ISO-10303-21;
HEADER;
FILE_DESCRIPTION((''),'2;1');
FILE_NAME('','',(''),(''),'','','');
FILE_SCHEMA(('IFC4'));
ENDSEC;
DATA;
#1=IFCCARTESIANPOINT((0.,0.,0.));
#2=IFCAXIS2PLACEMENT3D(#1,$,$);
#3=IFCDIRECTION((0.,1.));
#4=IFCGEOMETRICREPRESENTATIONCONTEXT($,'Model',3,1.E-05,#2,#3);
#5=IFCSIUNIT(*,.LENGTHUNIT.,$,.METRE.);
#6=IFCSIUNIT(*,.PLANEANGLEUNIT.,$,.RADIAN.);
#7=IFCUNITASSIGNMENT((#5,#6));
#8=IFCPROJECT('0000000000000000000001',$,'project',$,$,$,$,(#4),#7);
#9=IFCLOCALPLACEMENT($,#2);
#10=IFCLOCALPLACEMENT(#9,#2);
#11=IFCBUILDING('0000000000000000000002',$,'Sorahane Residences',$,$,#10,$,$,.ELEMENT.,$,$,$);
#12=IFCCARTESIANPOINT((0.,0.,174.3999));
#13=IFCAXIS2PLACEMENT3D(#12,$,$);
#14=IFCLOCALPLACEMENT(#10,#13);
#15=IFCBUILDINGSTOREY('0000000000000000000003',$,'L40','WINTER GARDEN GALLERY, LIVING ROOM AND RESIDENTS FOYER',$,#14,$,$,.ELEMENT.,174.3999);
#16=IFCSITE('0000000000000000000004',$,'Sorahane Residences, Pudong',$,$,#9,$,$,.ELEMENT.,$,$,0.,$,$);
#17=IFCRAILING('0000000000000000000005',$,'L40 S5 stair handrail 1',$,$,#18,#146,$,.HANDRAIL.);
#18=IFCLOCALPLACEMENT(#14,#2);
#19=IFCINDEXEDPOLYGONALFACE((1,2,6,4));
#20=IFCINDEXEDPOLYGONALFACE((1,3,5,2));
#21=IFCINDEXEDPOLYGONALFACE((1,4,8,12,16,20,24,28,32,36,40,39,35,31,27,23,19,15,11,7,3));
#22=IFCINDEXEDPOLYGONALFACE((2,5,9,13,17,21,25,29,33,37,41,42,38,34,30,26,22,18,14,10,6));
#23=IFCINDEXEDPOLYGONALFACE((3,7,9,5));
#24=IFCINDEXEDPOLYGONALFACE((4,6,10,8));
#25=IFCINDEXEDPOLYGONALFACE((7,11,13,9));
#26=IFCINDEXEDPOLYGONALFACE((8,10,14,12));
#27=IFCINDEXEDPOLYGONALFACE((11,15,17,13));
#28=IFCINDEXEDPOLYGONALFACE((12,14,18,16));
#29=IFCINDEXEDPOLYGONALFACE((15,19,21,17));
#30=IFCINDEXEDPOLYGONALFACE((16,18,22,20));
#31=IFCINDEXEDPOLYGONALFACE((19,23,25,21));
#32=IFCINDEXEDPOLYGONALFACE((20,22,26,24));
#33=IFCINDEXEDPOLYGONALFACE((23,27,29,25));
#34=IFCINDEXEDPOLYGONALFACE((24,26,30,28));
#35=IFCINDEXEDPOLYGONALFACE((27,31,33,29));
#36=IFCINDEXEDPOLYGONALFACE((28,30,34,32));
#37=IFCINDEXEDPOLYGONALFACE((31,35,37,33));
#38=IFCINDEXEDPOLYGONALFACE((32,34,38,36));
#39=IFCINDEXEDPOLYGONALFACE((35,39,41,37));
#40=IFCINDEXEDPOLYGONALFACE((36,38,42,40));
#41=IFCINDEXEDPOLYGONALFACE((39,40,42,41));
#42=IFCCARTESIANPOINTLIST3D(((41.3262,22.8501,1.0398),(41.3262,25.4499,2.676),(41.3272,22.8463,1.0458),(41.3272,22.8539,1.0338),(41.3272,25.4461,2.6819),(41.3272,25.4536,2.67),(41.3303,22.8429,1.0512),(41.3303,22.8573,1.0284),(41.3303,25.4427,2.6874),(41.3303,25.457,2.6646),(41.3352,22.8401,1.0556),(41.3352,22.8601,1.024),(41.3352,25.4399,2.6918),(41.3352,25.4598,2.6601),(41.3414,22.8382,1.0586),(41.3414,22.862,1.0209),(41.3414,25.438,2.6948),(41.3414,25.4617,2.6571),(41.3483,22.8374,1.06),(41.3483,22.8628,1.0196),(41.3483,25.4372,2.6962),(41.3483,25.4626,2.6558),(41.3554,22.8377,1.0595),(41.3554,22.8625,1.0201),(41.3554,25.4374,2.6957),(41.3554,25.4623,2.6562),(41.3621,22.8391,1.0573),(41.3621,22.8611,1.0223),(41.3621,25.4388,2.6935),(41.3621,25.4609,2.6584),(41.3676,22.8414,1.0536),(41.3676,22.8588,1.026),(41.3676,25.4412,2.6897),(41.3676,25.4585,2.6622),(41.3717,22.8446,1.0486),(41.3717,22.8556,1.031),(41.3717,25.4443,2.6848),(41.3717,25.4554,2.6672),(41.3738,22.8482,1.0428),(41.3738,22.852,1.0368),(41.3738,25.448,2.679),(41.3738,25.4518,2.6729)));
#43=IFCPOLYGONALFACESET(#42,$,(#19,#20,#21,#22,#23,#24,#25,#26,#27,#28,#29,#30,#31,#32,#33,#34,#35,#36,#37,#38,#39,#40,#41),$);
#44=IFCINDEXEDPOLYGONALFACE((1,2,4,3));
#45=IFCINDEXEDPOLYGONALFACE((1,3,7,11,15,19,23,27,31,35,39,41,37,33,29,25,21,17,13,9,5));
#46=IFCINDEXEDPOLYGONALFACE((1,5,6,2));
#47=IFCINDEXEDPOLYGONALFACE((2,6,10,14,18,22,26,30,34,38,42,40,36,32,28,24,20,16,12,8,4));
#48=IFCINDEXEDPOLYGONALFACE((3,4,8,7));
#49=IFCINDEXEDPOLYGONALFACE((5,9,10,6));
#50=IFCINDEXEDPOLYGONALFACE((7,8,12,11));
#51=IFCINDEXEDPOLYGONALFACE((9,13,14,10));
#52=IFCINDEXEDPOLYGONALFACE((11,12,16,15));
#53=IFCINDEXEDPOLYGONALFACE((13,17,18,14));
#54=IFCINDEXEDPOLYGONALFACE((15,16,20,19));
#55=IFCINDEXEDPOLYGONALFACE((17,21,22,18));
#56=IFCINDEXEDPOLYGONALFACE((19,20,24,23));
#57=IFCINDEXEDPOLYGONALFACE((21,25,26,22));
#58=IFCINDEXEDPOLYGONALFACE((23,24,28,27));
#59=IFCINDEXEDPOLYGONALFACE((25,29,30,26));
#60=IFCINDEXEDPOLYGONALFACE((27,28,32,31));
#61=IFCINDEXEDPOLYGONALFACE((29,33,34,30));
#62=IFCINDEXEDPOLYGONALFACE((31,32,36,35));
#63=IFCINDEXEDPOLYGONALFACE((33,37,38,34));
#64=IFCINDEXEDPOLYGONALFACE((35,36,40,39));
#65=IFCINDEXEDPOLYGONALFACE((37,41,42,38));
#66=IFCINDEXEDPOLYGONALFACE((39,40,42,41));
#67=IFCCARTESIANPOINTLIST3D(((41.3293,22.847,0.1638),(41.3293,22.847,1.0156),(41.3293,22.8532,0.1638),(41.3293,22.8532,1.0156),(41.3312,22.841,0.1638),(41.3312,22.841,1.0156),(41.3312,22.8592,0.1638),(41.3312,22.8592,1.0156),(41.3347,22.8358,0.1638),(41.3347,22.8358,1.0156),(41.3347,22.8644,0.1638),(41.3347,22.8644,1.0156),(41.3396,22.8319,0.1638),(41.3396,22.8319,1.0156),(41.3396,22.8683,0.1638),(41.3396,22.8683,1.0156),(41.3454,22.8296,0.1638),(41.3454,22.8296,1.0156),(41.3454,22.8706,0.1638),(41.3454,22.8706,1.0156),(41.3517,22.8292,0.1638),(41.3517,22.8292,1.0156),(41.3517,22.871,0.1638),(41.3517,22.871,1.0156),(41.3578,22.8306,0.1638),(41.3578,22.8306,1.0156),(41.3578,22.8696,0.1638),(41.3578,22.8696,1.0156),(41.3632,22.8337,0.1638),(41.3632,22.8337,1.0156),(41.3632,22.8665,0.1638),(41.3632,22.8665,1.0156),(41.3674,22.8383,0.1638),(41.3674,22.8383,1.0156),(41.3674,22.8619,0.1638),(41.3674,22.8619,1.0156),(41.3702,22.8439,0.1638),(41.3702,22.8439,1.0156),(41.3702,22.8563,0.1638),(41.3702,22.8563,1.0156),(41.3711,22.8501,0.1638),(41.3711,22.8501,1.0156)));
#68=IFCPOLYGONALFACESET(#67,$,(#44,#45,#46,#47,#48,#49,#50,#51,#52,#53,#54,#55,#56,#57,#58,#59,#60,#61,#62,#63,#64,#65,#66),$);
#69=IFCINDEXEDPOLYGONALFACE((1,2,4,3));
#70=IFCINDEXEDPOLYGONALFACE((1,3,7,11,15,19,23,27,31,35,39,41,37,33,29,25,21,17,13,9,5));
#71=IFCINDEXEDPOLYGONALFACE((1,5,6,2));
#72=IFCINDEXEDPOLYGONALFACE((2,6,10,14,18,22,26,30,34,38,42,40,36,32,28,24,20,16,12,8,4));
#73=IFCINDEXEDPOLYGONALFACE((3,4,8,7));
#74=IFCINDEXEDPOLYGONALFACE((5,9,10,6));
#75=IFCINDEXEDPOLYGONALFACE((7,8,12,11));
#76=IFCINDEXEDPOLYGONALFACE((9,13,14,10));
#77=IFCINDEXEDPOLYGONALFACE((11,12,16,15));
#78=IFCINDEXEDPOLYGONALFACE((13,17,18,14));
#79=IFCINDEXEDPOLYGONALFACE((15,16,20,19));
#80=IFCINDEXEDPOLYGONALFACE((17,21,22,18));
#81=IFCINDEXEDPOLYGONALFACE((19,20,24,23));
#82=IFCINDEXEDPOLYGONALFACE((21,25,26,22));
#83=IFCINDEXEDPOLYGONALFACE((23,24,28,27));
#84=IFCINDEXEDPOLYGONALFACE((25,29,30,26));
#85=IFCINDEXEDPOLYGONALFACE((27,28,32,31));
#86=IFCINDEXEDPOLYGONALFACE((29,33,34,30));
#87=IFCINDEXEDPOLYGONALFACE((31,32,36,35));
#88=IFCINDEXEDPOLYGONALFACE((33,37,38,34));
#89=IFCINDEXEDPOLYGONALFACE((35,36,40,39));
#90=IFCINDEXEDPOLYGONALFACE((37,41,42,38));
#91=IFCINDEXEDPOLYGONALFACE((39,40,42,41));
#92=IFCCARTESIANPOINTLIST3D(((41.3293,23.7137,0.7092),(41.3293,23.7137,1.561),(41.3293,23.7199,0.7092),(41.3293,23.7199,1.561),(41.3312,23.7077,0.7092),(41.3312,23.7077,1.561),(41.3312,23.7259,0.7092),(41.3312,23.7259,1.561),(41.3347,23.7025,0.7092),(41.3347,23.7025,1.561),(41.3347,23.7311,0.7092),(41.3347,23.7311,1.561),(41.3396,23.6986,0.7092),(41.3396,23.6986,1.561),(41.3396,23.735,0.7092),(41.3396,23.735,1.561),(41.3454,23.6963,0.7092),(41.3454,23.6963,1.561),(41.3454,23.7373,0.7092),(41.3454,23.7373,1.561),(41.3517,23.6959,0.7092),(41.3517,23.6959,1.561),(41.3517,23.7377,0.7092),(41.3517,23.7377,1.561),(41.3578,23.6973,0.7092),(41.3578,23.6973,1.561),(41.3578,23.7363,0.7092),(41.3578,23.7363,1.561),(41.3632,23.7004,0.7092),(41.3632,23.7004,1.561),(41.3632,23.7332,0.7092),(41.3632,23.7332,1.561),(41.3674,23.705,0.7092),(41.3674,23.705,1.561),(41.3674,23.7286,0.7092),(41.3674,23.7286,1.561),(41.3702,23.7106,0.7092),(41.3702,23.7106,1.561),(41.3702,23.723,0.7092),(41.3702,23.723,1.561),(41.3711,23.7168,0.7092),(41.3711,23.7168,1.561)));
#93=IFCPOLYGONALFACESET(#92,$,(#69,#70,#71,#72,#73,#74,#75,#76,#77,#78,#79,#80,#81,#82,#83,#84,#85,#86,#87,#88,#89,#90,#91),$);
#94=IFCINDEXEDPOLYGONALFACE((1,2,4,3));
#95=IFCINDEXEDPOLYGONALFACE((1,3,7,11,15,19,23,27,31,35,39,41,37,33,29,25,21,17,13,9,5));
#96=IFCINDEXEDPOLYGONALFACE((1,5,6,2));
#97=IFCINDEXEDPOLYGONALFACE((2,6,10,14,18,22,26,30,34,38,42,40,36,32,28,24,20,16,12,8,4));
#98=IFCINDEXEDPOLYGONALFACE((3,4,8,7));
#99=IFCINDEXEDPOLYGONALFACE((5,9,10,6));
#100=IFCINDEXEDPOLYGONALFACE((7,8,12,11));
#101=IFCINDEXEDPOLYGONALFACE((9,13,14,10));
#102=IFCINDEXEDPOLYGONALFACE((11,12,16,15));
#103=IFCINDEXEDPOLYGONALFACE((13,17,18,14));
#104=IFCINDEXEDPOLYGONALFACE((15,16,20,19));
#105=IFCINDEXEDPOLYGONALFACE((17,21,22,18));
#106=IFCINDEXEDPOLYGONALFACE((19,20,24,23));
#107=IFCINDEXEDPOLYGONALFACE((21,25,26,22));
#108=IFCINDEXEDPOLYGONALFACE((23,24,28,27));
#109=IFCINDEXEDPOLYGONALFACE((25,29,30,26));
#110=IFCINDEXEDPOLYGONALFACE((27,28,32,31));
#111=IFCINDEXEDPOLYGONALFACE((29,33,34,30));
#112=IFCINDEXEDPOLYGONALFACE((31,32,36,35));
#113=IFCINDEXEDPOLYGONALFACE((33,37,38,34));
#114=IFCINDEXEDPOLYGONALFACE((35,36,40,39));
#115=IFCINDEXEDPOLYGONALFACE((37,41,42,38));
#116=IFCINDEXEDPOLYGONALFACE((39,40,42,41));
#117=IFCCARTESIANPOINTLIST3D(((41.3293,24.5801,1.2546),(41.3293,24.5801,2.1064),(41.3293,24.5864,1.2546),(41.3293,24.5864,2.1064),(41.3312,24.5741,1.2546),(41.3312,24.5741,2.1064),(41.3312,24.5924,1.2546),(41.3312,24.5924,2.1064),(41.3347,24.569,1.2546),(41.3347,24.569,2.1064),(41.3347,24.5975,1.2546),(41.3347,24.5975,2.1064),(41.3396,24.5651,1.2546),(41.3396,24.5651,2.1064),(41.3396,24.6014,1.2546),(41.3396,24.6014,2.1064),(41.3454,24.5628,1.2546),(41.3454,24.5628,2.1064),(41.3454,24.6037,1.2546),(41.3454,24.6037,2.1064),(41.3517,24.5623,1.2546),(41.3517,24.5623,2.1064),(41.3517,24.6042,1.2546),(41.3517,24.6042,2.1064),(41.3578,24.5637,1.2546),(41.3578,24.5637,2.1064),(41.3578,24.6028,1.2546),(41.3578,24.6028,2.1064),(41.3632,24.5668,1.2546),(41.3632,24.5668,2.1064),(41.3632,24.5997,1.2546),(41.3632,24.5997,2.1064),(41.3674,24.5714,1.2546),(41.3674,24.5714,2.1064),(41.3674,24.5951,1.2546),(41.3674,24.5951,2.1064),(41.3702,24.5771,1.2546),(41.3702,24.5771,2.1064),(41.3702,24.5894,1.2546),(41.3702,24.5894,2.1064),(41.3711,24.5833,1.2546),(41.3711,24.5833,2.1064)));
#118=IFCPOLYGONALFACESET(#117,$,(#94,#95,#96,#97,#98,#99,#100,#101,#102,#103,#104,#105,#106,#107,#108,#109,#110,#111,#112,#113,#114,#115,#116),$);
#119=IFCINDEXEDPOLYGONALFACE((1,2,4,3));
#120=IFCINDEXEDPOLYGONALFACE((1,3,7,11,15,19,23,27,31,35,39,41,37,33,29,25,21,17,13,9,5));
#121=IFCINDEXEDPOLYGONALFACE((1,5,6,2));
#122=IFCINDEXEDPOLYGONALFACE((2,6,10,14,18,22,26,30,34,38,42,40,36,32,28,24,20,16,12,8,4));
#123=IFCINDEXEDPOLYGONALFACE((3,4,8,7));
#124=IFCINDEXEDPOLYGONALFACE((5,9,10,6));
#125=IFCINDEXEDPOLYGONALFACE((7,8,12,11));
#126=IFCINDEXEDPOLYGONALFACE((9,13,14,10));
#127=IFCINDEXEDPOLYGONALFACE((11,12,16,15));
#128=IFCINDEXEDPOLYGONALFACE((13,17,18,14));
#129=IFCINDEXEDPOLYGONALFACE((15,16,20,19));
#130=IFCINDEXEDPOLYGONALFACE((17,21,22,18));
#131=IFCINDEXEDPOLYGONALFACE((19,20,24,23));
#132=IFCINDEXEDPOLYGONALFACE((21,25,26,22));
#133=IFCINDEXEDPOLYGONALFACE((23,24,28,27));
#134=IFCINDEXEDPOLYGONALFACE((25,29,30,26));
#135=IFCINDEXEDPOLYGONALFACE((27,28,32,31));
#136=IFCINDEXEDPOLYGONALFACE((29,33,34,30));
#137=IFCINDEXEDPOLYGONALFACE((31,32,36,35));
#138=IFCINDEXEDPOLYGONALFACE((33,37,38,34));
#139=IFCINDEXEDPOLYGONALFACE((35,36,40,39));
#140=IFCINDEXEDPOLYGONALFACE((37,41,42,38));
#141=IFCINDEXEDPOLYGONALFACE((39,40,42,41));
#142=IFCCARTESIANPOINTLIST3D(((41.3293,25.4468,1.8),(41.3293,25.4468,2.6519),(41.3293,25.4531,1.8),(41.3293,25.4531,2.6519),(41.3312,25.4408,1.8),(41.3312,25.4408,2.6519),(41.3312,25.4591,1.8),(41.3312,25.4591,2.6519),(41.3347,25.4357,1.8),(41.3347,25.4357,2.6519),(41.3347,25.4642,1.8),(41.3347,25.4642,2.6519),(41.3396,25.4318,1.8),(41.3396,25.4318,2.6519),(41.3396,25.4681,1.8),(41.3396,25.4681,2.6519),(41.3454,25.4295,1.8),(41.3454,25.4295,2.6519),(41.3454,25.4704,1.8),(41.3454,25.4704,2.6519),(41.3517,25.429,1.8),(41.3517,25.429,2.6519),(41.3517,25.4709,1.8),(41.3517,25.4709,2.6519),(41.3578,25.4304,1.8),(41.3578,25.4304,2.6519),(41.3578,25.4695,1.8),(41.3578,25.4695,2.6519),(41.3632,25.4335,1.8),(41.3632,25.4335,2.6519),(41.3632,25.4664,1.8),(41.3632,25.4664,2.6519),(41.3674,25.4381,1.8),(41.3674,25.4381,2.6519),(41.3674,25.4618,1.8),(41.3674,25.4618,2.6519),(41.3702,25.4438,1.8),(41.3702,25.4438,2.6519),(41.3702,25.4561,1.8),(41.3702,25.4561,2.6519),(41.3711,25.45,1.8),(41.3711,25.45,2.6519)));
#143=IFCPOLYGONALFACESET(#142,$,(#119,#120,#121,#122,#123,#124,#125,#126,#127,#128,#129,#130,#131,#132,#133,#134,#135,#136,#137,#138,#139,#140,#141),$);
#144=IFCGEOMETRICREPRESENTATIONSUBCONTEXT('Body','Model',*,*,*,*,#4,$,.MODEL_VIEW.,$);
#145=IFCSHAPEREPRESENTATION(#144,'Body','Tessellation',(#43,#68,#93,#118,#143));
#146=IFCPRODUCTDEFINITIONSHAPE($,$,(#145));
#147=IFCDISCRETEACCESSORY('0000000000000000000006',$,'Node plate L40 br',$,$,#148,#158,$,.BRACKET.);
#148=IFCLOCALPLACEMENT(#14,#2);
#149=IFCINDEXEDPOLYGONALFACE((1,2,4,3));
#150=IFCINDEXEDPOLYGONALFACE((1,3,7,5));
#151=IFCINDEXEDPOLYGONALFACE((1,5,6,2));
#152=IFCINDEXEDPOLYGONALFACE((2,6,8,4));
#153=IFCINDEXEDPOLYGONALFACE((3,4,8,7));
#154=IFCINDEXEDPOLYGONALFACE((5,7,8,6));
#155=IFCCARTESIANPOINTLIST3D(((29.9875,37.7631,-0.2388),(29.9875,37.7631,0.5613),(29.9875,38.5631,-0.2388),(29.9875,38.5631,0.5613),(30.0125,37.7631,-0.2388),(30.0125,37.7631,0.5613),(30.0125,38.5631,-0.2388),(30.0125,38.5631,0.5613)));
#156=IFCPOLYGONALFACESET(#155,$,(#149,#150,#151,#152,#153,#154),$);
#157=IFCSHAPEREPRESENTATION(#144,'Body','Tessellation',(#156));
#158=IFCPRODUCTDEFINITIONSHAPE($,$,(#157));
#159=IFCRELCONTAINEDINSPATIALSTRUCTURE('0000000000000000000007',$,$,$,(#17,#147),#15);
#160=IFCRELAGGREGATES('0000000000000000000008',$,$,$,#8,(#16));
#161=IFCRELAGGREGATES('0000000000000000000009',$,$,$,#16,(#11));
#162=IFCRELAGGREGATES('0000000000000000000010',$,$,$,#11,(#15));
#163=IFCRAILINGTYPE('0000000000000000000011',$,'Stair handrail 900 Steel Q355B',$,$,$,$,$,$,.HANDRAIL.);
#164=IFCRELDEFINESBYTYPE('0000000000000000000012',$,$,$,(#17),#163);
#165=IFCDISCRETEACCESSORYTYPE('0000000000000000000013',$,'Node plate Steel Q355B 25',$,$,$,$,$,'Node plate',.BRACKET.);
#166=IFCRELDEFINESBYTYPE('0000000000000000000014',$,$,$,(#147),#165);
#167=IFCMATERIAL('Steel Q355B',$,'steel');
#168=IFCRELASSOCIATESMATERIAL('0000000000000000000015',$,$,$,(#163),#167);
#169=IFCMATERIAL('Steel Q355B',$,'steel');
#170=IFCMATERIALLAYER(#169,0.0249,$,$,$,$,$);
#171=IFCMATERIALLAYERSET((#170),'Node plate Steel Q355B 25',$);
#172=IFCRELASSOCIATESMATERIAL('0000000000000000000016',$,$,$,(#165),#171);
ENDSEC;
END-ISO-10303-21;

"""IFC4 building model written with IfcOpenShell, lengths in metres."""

from ifc_helpers import new_model, si_unit, direction, frame, origin, origin_2d, place, context, subcontext, project, spatial, rectangle, circle, extrude, material, layer, layer_set, type_object, element, save


model = new_model("IFC4")

# Units and contexts
model_context = context("Model", 3, precision=1e-05, world=origin(), true_north=direction((0.0, 1.0)))
body_context = subcontext(model_context, "Body", "Model", "MODEL_VIEW")
ifc_project = project(units=[si_unit("LENGTHUNIT", "METRE"), si_unit("PLANEANGLEUNIT", "RADIAN")], contexts=[model_context])

# Site, building, storey
site_placement = place(None, origin())
site = spatial("IfcSite", under=ifc_project, at=site_placement, Name="Sorahane Residences, Pudong", CompositionType="ELEMENT", RefElevation=0.0)
building_placement = place(site_placement, origin())
building = spatial("IfcBuilding", under=site, at=building_placement, Name="Sorahane Residences", CompositionType="ELEMENT")
storey_placement = place(building_placement, frame((0.0, 0.0, 174.3999)))
storey = spatial("IfcBuildingStorey", under=building, at=storey_placement, Name="L40", Description="WINTER GARDEN GALLERY, LIVING ROOM AND RESIDENTS FOYER", CompositionType="ELEMENT", Elevation=174.3999)

# Railing
ifc_material_1 = material(Name="Steel Q355B", Category="steel")
railing_type_1 = type_object("IfcRailingType", Name="Stair handrail 900 Steel Q355B", PredefinedType="HANDRAIL", material=ifc_material_1)
railing_1_placement = place(storey_placement, frame((41.3501, 22.8501, 0.1638)))
element("IfcRailing", 1, at=railing_1_placement, inside=storey, type_object=railing_type_1, Name="L40 S5 stair handrail 1", PredefinedType="HANDRAIL", context=body_context, shape_type="SweptSolid", body=[
    extrude(circle(Radius=0.0239, at=origin_2d()), frame((0.0, 0.0, 0.876), z_axis=(0.0, 0.846338, 0.532647), x_axis=(-1.0, 0.0, 0.0)), (0.0, 0.0, 1.0), 3.0718),
    extrude(circle(Radius=0.021, at=origin_2d()), origin(), (0.0, 0.0, 1.0), 0.8518),
    extrude(circle(Radius=0.021, at=origin_2d()), frame((0.0, 0.8667, 0.5454)), (0.0, 0.0, 1.0), 0.8518),
    extrude(circle(Radius=0.021, at=origin_2d()), frame((0.0, 1.7332, 1.0908)), (0.0, 0.0, 1.0), 0.8518),
    extrude(circle(Radius=0.021, at=origin_2d()), frame((0.0, 2.5999, 1.6362)), (0.0, 0.0, 1.0), 0.8518),
])

# Discrete accessory
ifc_material_2 = material(Name="Steel Q355B", Category="steel")
ifc_layer_1 = layer(ifc_material_2, 0.0249)
ifc_layer_set_1 = layer_set([ifc_layer_1], Name="Node plate Steel Q355B 25")
discrete_accessory_type = type_object("IfcDiscreteAccessoryType", Name="Node plate Steel Q355B 25", ElementType="Node plate", PredefinedType="BRACKET", material=ifc_layer_set_1)
discrete_accessory_placement = place(storey_placement, frame((30.0, 38.1631, -0.2388), z_axis=(0.0, 0.0, 1.0), x_axis=(0.0, 1.0, 0.0)))
element("IfcDiscreteAccessory", 2, at=discrete_accessory_placement, inside=storey, type_object=discrete_accessory_type, Name="Node plate L40 br", PredefinedType="BRACKET", context=body_context, shape_type="SweptSolid", body=[
    extrude(rectangle(XDim=0.8, YDim=0.0249, at=origin_2d()), origin(), (0.0, 0.0, 1.0), 0.8),
])

save(model, "model.ifc")
